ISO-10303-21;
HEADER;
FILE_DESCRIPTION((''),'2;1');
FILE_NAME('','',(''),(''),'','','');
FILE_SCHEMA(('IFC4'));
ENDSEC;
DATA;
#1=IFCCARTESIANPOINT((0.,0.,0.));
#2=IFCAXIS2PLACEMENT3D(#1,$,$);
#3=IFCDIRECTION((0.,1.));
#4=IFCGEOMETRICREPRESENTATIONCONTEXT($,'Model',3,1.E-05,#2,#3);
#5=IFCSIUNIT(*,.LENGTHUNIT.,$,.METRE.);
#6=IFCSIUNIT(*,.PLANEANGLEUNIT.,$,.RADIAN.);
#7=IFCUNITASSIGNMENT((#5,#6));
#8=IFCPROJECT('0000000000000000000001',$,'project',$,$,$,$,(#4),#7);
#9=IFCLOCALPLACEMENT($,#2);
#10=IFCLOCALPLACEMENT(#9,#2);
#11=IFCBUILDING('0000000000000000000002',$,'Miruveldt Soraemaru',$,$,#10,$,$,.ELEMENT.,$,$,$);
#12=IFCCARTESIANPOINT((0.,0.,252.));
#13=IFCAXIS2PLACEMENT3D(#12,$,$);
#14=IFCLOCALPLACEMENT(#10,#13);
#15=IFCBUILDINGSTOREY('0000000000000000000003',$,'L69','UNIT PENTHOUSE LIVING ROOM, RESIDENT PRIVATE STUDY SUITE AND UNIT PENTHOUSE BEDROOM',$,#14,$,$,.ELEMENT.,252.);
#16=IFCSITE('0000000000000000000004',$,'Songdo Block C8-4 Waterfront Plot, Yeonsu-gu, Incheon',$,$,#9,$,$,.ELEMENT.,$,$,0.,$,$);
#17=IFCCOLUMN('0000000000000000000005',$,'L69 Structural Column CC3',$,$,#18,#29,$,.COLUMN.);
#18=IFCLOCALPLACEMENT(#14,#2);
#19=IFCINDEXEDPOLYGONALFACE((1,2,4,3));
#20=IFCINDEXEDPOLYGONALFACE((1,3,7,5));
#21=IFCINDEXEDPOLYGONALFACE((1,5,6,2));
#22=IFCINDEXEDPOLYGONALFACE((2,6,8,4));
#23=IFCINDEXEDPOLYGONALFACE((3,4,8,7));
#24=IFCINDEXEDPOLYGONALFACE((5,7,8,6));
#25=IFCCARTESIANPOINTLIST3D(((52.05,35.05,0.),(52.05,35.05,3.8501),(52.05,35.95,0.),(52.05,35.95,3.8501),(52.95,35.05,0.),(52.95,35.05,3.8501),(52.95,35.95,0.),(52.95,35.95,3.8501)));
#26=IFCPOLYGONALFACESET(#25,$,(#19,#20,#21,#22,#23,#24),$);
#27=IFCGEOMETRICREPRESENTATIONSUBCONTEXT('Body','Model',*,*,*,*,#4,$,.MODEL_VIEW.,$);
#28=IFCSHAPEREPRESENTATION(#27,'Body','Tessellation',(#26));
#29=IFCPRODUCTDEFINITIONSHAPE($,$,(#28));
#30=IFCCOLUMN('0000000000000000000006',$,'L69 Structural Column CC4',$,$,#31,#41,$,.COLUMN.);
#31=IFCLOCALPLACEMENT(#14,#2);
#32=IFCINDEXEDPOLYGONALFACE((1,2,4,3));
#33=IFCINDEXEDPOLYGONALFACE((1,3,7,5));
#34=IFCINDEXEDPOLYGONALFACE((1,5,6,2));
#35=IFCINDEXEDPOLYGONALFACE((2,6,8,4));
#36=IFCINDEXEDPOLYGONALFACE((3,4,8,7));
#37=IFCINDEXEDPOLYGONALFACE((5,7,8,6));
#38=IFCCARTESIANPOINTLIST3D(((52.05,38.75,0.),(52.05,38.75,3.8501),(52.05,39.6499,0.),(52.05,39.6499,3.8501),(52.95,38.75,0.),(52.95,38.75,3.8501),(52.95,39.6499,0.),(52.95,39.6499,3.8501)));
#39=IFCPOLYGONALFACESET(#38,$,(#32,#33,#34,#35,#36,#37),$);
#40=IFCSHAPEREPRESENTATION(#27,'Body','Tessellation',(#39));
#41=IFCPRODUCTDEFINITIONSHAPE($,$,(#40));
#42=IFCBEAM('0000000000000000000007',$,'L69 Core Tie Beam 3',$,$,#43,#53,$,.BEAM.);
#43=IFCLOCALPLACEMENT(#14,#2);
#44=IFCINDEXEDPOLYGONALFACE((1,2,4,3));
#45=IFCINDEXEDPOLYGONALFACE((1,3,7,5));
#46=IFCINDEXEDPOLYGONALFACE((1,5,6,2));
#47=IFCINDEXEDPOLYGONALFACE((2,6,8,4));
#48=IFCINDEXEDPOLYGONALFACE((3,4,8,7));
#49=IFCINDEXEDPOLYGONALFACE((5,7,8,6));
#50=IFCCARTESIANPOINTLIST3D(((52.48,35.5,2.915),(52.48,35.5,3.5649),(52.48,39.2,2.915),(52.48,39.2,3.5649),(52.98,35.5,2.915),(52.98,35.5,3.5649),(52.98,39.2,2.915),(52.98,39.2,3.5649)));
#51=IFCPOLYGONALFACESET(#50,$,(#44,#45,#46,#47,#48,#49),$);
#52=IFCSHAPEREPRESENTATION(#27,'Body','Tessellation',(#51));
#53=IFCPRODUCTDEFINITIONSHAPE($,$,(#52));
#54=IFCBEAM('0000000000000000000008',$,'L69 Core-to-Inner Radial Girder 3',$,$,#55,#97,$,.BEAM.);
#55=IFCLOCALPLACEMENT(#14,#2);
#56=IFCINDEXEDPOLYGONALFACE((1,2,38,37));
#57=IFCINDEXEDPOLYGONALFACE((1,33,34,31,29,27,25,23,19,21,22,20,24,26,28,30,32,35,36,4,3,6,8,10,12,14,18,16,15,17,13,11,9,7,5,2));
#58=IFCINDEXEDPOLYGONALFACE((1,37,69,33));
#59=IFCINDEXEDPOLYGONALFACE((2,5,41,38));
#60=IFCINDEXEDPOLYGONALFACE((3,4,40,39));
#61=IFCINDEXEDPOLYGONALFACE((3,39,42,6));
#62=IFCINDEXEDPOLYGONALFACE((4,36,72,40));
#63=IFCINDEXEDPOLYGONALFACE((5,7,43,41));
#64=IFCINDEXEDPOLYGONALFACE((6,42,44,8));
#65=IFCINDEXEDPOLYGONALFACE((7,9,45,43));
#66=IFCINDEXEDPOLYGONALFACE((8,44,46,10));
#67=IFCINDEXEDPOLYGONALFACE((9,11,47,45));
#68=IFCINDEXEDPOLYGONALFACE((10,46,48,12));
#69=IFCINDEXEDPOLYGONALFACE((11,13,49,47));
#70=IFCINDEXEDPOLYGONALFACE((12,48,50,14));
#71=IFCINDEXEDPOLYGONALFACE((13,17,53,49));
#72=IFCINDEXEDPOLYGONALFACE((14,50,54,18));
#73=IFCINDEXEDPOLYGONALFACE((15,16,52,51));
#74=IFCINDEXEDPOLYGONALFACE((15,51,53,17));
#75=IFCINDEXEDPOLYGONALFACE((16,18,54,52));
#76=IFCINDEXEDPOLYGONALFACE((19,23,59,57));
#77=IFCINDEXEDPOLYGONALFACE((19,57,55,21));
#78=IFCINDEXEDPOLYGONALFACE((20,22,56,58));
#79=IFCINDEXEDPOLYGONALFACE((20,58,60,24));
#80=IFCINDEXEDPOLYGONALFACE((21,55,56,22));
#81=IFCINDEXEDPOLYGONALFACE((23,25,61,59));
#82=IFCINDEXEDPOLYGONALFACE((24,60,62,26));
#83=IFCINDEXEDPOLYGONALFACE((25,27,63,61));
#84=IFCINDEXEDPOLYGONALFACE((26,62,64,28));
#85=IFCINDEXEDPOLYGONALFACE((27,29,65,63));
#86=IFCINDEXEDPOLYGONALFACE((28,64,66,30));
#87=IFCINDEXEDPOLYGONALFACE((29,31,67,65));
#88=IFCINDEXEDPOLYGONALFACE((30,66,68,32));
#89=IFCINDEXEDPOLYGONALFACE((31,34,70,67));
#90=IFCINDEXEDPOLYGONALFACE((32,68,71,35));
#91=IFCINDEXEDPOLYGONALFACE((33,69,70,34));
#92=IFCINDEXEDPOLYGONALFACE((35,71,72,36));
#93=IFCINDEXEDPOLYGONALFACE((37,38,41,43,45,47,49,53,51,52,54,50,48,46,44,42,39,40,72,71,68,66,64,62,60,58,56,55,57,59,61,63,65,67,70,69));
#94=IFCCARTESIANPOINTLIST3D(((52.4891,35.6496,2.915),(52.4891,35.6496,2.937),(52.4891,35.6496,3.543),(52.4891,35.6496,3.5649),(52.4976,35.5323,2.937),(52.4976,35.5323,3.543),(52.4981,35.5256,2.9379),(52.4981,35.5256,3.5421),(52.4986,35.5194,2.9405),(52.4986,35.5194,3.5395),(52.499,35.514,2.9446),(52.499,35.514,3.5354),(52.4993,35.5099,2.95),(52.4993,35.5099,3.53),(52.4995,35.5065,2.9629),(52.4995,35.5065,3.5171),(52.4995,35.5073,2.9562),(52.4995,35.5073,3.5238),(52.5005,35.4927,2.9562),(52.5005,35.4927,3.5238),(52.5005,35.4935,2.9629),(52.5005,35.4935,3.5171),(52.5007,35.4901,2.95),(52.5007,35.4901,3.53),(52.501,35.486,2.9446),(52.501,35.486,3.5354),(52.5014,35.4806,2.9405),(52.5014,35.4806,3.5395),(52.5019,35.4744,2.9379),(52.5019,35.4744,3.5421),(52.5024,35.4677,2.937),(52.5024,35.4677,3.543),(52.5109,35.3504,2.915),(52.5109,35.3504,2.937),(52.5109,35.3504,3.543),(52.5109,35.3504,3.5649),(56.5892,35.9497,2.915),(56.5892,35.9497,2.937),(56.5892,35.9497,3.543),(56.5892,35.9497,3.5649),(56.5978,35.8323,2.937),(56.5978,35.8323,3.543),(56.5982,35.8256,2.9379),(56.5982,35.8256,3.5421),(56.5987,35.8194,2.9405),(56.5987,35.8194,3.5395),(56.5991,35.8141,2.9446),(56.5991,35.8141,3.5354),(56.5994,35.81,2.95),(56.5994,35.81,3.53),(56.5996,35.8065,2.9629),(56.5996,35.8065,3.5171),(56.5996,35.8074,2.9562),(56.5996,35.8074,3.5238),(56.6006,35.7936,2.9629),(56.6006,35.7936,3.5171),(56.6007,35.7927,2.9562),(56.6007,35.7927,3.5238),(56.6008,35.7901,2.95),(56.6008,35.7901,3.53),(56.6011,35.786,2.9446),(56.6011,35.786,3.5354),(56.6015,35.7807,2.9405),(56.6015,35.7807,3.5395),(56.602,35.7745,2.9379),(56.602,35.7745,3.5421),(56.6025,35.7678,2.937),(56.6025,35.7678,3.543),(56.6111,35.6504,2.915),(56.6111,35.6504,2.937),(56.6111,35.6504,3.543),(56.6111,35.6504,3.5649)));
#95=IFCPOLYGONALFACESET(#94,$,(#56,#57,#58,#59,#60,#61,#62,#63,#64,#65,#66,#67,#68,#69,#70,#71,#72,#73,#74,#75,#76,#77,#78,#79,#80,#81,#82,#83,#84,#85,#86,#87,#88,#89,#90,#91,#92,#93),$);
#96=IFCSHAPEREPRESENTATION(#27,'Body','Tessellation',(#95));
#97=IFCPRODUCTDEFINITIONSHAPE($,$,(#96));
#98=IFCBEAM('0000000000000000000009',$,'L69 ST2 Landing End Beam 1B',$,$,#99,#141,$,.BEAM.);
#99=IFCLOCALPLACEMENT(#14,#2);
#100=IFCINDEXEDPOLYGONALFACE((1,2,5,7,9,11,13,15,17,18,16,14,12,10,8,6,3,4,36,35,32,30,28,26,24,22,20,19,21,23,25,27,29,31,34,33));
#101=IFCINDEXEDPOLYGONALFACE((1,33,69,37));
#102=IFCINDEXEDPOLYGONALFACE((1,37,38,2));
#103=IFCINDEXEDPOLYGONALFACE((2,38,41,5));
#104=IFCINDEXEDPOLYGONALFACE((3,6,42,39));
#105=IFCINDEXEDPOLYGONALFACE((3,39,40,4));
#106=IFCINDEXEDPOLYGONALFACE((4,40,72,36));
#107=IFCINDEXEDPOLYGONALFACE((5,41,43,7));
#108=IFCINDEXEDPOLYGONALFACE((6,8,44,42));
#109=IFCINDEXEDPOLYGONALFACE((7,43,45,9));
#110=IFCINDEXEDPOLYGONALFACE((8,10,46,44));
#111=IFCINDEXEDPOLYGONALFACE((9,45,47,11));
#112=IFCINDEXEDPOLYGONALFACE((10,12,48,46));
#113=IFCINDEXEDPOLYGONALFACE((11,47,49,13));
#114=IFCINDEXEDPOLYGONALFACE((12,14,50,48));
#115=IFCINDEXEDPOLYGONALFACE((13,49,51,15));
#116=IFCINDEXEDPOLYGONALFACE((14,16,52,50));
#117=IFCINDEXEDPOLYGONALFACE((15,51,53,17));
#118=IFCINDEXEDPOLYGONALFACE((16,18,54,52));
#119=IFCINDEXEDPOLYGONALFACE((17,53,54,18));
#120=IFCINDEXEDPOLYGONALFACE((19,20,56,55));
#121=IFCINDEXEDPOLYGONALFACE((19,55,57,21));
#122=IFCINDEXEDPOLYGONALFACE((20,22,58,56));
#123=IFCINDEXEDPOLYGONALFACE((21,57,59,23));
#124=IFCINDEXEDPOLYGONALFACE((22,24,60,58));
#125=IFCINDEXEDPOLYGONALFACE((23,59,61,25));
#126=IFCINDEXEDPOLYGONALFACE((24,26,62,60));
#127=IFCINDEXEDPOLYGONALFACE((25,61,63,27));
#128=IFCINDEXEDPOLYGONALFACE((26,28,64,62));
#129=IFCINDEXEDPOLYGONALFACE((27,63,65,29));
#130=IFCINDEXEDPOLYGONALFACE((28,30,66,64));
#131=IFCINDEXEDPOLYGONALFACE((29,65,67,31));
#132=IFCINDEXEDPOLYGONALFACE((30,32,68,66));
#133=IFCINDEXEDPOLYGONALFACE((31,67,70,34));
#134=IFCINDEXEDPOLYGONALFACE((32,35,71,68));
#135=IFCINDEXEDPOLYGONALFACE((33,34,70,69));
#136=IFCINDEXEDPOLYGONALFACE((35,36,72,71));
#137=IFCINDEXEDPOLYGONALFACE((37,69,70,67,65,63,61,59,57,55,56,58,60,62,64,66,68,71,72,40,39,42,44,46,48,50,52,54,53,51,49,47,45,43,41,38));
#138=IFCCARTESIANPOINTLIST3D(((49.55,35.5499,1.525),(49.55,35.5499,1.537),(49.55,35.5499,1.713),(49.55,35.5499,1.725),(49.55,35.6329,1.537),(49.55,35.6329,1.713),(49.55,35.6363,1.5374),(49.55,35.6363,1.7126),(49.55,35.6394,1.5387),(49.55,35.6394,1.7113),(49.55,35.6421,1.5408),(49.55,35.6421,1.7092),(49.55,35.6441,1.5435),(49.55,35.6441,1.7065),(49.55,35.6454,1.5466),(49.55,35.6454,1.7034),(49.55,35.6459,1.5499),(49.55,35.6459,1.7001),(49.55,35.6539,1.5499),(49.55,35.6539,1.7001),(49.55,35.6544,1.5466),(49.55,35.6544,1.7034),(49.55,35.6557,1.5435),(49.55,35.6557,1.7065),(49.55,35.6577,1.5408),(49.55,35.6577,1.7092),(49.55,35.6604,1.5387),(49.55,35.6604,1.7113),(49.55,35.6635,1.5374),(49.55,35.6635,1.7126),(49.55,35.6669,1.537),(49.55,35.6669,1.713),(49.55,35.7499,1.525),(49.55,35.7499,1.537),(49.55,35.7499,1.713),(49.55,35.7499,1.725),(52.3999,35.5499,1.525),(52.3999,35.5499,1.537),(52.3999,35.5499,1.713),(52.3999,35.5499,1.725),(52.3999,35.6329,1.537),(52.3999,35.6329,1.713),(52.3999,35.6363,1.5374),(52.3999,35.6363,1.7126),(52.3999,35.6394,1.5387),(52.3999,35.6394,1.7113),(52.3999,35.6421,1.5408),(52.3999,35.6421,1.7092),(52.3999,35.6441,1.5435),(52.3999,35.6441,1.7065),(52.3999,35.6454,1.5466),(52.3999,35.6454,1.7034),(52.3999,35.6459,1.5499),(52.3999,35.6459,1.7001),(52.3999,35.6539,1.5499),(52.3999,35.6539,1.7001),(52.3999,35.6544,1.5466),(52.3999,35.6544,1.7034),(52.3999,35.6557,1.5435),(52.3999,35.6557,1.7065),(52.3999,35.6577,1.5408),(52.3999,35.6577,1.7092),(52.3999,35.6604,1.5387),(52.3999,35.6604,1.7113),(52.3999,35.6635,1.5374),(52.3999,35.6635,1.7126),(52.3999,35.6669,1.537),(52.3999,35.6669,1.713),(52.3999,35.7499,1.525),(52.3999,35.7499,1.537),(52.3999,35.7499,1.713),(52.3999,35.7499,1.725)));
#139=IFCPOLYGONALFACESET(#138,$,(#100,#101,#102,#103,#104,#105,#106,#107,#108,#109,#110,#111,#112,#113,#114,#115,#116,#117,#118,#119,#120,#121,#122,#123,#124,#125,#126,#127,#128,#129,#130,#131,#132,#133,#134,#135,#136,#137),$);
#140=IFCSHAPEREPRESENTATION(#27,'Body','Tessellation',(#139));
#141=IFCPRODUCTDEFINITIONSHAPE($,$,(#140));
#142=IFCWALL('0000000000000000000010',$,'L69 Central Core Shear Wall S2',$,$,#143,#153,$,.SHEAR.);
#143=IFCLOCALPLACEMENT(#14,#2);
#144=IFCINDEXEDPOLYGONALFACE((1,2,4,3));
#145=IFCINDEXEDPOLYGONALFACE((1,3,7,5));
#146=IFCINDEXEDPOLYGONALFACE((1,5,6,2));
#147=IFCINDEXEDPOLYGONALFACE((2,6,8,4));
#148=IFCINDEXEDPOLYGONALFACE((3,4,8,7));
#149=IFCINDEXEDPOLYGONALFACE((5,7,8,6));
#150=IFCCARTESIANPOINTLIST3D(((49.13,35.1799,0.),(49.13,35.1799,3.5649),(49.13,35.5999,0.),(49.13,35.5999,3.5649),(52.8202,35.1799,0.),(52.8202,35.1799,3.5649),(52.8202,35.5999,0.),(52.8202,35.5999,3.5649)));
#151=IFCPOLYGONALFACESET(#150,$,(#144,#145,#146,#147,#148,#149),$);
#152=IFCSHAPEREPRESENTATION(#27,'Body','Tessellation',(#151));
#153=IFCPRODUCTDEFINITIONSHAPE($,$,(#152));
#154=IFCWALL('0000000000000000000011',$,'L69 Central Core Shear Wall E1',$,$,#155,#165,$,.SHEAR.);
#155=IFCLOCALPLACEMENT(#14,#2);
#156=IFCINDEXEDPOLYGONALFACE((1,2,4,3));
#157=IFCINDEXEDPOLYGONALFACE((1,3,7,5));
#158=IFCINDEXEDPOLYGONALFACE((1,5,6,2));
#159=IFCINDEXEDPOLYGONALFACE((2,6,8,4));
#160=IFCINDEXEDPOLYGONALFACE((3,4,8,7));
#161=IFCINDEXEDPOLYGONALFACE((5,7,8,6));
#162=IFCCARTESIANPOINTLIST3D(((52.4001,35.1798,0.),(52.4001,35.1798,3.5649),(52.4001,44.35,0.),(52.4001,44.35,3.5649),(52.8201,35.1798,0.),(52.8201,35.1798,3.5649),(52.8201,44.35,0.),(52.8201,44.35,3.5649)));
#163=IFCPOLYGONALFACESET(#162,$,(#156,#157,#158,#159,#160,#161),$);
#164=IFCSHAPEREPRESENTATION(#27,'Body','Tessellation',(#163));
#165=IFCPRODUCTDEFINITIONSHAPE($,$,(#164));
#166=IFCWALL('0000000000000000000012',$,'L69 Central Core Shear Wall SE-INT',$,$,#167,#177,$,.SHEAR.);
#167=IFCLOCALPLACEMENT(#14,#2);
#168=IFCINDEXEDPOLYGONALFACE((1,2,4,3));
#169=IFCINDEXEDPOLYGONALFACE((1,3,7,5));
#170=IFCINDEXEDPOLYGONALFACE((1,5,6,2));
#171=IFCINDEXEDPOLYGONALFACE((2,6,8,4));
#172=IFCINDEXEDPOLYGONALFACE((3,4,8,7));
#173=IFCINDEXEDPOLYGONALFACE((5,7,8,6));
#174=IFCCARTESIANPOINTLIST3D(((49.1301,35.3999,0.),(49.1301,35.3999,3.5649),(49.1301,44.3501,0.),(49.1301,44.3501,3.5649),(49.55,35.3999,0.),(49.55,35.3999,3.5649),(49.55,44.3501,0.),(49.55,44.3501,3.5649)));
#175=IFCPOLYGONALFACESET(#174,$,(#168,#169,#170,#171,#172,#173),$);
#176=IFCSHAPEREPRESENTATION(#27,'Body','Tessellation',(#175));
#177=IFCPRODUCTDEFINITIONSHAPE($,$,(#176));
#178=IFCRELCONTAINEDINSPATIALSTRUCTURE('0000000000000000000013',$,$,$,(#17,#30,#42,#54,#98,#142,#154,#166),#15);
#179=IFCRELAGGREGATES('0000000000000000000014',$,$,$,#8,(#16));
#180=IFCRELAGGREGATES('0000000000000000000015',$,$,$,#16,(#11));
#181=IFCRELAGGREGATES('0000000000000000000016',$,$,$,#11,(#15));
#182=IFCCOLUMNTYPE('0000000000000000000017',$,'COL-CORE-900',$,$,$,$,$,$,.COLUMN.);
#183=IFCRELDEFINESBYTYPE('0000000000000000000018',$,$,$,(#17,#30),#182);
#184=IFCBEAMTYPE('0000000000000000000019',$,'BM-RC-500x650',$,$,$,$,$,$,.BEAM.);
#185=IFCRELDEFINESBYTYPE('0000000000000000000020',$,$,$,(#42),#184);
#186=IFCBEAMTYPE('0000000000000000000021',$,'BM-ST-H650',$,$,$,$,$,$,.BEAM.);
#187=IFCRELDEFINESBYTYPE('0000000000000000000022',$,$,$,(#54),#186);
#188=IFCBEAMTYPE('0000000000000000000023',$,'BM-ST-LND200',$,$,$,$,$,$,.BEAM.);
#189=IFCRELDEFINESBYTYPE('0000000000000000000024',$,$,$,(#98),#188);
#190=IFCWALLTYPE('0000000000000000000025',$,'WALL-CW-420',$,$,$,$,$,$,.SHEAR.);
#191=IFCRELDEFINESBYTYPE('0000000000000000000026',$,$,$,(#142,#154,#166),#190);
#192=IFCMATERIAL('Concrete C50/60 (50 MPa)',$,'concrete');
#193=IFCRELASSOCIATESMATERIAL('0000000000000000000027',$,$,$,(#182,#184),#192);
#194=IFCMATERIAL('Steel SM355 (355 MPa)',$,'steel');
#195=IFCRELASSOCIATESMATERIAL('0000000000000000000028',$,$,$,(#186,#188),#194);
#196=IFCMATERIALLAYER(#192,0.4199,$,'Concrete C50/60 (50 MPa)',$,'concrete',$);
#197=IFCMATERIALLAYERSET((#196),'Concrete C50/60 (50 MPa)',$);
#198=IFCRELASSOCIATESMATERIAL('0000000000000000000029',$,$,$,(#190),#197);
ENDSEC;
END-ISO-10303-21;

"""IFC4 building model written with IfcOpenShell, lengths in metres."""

from ifc_helpers import new_model, si_unit, direction, frame, frame_2d, origin, origin_2d, place, context, subcontext, project, spatial, rectangle, i_section, extrude, material, layer, layer_set, material_profile, profile_set, type_object, element, save


model = new_model("IFC4")

# Units and contexts
model_context = context("Model", 3, precision=1e-05, world=origin(), true_north=direction((0.0, 1.0)))
body_context = subcontext(model_context, "Body", "Model", "MODEL_VIEW")
ifc_project = project(units=[si_unit("LENGTHUNIT", "METRE"), si_unit("PLANEANGLEUNIT", "RADIAN")], contexts=[model_context])

# Site, building, storey
site_placement = place(None, origin())
site = spatial("IfcSite", under=ifc_project, at=site_placement, Name="Songdo Block C8-4 Waterfront Plot, Yeonsu-gu, Incheon", CompositionType="ELEMENT", RefElevation=0.0)
building_placement = place(site_placement, origin())
building = spatial("IfcBuilding", under=site, at=building_placement, Name="Miruveldt Soraemaru", CompositionType="ELEMENT")
storey_placement = place(building_placement, frame((0.0, 0.0, 252.0)))
storey = spatial("IfcBuildingStorey", under=building, at=storey_placement, Name="L69", Description="UNIT PENTHOUSE LIVING ROOM, RESIDENT PRIVATE STUDY SUITE AND UNIT PENTHOUSE BEDROOM", CompositionType="ELEMENT", Elevation=252.0)

# Columns
ifc_material_1 = material(Name="Concrete C50/60 (50 MPa)", Category="concrete")
ifc_material_profile_1 = material_profile(ifc_material_1, rectangle(XDim=0.8999, YDim=0.8999, at=origin_2d()), Name="Concrete C50/60 (50 MPa)", Category="concrete")
ifc_profile_set_1 = profile_set([ifc_material_profile_1], Name="Concrete C50/60 (50 MPa)")
column_type = type_object("IfcColumnType", Name="COL-CORE-900", PredefinedType="COLUMN", material=ifc_profile_set_1)
for number, where, z_axis, x_axis, name in (
    (1, (52.5, 35.5, 0.0), (0.0, 0.0, 1.0), (1.0, 0.0, 0.0), "L69 Structural Column CC3"),
    (2, (52.5, 39.2, 0.0), (0.0, 0.0, 1.0), (1.0, 0.0, 0.0), "L69 Structural Column CC4"),
):
    element("IfcColumn", number, at=place(storey_placement, frame(where, z_axis=z_axis, x_axis=x_axis)), inside=storey, type_object=column_type, Name=name, PredefinedType="COLUMN", context=body_context, shape_type="SweptSolid", body=[
        extrude(rectangle(XDim=0.8999, YDim=0.8999, at=origin_2d()), origin(), (0.0, 0.0, 1.0), 3.8501),
    ])

# Beams
ifc_material_profile_2 = material_profile(ifc_material_1, rectangle(XDim=0.5, YDim=0.6499, at=origin_2d()), Name="Concrete C50/60 (50 MPa)", Category="concrete")
ifc_profile_set_2 = profile_set([ifc_material_profile_2], Name="Concrete C50/60 (50 MPa)")
beam_type_1 = type_object("IfcBeamType", Name="BM-RC-500x650", PredefinedType="BEAM", material=ifc_profile_set_2)
beam_1_placement = place(storey_placement, frame((52.73, 35.5, 3.24), z_axis=(0.0, 1.0, 0.0), x_axis=(-1.0, 0.0, 0.0)))
element("IfcBeam", 3, at=beam_1_placement, inside=storey, type_object=beam_type_1, Name="L69 Core Tie Beam 3", PredefinedType="BEAM", context=body_context, shape_type="SweptSolid", body=[
    extrude(rectangle(XDim=0.5, YDim=0.6499, at=origin_2d()), origin(), (0.0, 0.0, 1.0), 3.7),
])
ifc_material_2 = material(Name="Steel SM355 (355 MPa)", Category="steel")
ifc_material_profile_3 = material_profile(ifc_material_2, i_section(OverallWidth=0.3, OverallDepth=0.6499, WebThickness=0.0129, FlangeThickness=0.022, FilletRadius=0.0259, at=origin_2d()), Name="Steel SM355 (355 MPa)", Category="steel")
ifc_profile_set_3 = profile_set([ifc_material_profile_3], Name="Steel SM355 (355 MPa)")
beam_type_2 = type_object("IfcBeamType", Name="BM-ST-H650", PredefinedType="BEAM", material=ifc_profile_set_3)
beam_2_placement = place(storey_placement, frame((52.5, 35.5, 3.24), z_axis=(0.997333, 0.072986, 0.0), x_axis=(-0.072986, 0.997333, 0.0)))
element("IfcBeam", 4, at=beam_2_placement, inside=storey, type_object=beam_type_2, Name="L69 Core-to-Inner Radial Girder 3", PredefinedType="BEAM", context=body_context, shape_type="SweptSolid", body=[
    extrude(i_section(OverallWidth=0.3, OverallDepth=0.6499, WebThickness=0.0129, FlangeThickness=0.022, FilletRadius=0.0259, at=origin_2d()), origin(), (0.0, 0.0, 1.0), 4.1111),
])
ifc_material_profile_4 = material_profile(ifc_material_2, i_section(OverallWidth=0.2, OverallDepth=0.2, WebThickness=0.0081, FlangeThickness=0.012, FilletRadius=0.0129, at=origin_2d()), Name="Steel SM355 (355 MPa)", Category="steel")
ifc_profile_set_4 = profile_set([ifc_material_profile_4], Name="Steel SM355 (355 MPa)")
beam_type_3 = type_object("IfcBeamType", Name="BM-ST-LND200", PredefinedType="BEAM", material=ifc_profile_set_4)
beam_3_placement = place(storey_placement, frame((49.55, 35.6499, 1.625), z_axis=(1.0, 0.0, 0.0), x_axis=(0.0, 1.0, 0.0)))
element("IfcBeam", 5, at=beam_3_placement, inside=storey, type_object=beam_type_3, Name="L69 ST2 Landing End Beam 1B", PredefinedType="BEAM", context=body_context, shape_type="SweptSolid", body=[
    extrude(i_section(OverallWidth=0.2, OverallDepth=0.2, WebThickness=0.0081, FlangeThickness=0.012, FilletRadius=0.0129, at=origin_2d()), origin(), (0.0, 0.0, 1.0), 2.8499),
])

# Walls
ifc_layer_1 = layer(ifc_material_1, 0.4199, Name="Concrete C50/60 (50 MPa)", Category="concrete")
ifc_layer_set_1 = layer_set([ifc_layer_1], Name="Concrete C50/60 (50 MPa)")
wall_type_1 = type_object("IfcWallType", Name="WALL-CW-420", PredefinedType="SHEAR", material=ifc_layer_set_1)
wall_1_placement = place(storey_placement, frame((49.1299, 35.3899, 0.0), z_axis=(0.0, 0.0, 1.0), x_axis=(1.0, 0.0, 0.0)))
element("IfcWall", 6, at=wall_1_placement, inside=storey, type_object=wall_type_1, Name="L69 Central Core Shear Wall S2", PredefinedType="SHEAR", context=body_context, shape_type="SweptSolid", body=[
    extrude(rectangle(XDim=3.6902, YDim=0.4199, at=frame_2d((1.8452, 0.0))), origin(), (0.0, 0.0, 1.0), 3.5649),
])
wall_2_placement = place(storey_placement, frame((52.6101, 35.1799, 0.0), z_axis=(0.0, 0.0, 1.0), x_axis=(0.0, 1.0, 0.0)))
element("IfcWall", 7, at=wall_2_placement, inside=storey, type_object=wall_type_1, Name="L69 Central Core Shear Wall E1", PredefinedType="SHEAR", context=body_context, shape_type="SweptSolid", body=[
    extrude(rectangle(XDim=9.1702, YDim=0.4199, at=frame_2d((4.585, 0.0))), origin(), (0.0, 0.0, 1.0), 3.5649),
])
wall_3_placement = place(storey_placement, frame((49.3401, 35.3999, 0.0), z_axis=(0.0, 0.0, 1.0), x_axis=(0.0, 1.0, 0.0)))
element("IfcWall", 8, at=wall_3_placement, inside=storey, type_object=wall_type_1, Name="L69 Central Core Shear Wall SE-INT", PredefinedType="SHEAR", context=body_context, shape_type="SweptSolid", body=[
    extrude(rectangle(XDim=8.9502, YDim=0.4199, at=frame_2d((4.4751, 0.0))), origin(), (0.0, 0.0, 1.0), 3.5649),
])

save(model, "model.ifc")
